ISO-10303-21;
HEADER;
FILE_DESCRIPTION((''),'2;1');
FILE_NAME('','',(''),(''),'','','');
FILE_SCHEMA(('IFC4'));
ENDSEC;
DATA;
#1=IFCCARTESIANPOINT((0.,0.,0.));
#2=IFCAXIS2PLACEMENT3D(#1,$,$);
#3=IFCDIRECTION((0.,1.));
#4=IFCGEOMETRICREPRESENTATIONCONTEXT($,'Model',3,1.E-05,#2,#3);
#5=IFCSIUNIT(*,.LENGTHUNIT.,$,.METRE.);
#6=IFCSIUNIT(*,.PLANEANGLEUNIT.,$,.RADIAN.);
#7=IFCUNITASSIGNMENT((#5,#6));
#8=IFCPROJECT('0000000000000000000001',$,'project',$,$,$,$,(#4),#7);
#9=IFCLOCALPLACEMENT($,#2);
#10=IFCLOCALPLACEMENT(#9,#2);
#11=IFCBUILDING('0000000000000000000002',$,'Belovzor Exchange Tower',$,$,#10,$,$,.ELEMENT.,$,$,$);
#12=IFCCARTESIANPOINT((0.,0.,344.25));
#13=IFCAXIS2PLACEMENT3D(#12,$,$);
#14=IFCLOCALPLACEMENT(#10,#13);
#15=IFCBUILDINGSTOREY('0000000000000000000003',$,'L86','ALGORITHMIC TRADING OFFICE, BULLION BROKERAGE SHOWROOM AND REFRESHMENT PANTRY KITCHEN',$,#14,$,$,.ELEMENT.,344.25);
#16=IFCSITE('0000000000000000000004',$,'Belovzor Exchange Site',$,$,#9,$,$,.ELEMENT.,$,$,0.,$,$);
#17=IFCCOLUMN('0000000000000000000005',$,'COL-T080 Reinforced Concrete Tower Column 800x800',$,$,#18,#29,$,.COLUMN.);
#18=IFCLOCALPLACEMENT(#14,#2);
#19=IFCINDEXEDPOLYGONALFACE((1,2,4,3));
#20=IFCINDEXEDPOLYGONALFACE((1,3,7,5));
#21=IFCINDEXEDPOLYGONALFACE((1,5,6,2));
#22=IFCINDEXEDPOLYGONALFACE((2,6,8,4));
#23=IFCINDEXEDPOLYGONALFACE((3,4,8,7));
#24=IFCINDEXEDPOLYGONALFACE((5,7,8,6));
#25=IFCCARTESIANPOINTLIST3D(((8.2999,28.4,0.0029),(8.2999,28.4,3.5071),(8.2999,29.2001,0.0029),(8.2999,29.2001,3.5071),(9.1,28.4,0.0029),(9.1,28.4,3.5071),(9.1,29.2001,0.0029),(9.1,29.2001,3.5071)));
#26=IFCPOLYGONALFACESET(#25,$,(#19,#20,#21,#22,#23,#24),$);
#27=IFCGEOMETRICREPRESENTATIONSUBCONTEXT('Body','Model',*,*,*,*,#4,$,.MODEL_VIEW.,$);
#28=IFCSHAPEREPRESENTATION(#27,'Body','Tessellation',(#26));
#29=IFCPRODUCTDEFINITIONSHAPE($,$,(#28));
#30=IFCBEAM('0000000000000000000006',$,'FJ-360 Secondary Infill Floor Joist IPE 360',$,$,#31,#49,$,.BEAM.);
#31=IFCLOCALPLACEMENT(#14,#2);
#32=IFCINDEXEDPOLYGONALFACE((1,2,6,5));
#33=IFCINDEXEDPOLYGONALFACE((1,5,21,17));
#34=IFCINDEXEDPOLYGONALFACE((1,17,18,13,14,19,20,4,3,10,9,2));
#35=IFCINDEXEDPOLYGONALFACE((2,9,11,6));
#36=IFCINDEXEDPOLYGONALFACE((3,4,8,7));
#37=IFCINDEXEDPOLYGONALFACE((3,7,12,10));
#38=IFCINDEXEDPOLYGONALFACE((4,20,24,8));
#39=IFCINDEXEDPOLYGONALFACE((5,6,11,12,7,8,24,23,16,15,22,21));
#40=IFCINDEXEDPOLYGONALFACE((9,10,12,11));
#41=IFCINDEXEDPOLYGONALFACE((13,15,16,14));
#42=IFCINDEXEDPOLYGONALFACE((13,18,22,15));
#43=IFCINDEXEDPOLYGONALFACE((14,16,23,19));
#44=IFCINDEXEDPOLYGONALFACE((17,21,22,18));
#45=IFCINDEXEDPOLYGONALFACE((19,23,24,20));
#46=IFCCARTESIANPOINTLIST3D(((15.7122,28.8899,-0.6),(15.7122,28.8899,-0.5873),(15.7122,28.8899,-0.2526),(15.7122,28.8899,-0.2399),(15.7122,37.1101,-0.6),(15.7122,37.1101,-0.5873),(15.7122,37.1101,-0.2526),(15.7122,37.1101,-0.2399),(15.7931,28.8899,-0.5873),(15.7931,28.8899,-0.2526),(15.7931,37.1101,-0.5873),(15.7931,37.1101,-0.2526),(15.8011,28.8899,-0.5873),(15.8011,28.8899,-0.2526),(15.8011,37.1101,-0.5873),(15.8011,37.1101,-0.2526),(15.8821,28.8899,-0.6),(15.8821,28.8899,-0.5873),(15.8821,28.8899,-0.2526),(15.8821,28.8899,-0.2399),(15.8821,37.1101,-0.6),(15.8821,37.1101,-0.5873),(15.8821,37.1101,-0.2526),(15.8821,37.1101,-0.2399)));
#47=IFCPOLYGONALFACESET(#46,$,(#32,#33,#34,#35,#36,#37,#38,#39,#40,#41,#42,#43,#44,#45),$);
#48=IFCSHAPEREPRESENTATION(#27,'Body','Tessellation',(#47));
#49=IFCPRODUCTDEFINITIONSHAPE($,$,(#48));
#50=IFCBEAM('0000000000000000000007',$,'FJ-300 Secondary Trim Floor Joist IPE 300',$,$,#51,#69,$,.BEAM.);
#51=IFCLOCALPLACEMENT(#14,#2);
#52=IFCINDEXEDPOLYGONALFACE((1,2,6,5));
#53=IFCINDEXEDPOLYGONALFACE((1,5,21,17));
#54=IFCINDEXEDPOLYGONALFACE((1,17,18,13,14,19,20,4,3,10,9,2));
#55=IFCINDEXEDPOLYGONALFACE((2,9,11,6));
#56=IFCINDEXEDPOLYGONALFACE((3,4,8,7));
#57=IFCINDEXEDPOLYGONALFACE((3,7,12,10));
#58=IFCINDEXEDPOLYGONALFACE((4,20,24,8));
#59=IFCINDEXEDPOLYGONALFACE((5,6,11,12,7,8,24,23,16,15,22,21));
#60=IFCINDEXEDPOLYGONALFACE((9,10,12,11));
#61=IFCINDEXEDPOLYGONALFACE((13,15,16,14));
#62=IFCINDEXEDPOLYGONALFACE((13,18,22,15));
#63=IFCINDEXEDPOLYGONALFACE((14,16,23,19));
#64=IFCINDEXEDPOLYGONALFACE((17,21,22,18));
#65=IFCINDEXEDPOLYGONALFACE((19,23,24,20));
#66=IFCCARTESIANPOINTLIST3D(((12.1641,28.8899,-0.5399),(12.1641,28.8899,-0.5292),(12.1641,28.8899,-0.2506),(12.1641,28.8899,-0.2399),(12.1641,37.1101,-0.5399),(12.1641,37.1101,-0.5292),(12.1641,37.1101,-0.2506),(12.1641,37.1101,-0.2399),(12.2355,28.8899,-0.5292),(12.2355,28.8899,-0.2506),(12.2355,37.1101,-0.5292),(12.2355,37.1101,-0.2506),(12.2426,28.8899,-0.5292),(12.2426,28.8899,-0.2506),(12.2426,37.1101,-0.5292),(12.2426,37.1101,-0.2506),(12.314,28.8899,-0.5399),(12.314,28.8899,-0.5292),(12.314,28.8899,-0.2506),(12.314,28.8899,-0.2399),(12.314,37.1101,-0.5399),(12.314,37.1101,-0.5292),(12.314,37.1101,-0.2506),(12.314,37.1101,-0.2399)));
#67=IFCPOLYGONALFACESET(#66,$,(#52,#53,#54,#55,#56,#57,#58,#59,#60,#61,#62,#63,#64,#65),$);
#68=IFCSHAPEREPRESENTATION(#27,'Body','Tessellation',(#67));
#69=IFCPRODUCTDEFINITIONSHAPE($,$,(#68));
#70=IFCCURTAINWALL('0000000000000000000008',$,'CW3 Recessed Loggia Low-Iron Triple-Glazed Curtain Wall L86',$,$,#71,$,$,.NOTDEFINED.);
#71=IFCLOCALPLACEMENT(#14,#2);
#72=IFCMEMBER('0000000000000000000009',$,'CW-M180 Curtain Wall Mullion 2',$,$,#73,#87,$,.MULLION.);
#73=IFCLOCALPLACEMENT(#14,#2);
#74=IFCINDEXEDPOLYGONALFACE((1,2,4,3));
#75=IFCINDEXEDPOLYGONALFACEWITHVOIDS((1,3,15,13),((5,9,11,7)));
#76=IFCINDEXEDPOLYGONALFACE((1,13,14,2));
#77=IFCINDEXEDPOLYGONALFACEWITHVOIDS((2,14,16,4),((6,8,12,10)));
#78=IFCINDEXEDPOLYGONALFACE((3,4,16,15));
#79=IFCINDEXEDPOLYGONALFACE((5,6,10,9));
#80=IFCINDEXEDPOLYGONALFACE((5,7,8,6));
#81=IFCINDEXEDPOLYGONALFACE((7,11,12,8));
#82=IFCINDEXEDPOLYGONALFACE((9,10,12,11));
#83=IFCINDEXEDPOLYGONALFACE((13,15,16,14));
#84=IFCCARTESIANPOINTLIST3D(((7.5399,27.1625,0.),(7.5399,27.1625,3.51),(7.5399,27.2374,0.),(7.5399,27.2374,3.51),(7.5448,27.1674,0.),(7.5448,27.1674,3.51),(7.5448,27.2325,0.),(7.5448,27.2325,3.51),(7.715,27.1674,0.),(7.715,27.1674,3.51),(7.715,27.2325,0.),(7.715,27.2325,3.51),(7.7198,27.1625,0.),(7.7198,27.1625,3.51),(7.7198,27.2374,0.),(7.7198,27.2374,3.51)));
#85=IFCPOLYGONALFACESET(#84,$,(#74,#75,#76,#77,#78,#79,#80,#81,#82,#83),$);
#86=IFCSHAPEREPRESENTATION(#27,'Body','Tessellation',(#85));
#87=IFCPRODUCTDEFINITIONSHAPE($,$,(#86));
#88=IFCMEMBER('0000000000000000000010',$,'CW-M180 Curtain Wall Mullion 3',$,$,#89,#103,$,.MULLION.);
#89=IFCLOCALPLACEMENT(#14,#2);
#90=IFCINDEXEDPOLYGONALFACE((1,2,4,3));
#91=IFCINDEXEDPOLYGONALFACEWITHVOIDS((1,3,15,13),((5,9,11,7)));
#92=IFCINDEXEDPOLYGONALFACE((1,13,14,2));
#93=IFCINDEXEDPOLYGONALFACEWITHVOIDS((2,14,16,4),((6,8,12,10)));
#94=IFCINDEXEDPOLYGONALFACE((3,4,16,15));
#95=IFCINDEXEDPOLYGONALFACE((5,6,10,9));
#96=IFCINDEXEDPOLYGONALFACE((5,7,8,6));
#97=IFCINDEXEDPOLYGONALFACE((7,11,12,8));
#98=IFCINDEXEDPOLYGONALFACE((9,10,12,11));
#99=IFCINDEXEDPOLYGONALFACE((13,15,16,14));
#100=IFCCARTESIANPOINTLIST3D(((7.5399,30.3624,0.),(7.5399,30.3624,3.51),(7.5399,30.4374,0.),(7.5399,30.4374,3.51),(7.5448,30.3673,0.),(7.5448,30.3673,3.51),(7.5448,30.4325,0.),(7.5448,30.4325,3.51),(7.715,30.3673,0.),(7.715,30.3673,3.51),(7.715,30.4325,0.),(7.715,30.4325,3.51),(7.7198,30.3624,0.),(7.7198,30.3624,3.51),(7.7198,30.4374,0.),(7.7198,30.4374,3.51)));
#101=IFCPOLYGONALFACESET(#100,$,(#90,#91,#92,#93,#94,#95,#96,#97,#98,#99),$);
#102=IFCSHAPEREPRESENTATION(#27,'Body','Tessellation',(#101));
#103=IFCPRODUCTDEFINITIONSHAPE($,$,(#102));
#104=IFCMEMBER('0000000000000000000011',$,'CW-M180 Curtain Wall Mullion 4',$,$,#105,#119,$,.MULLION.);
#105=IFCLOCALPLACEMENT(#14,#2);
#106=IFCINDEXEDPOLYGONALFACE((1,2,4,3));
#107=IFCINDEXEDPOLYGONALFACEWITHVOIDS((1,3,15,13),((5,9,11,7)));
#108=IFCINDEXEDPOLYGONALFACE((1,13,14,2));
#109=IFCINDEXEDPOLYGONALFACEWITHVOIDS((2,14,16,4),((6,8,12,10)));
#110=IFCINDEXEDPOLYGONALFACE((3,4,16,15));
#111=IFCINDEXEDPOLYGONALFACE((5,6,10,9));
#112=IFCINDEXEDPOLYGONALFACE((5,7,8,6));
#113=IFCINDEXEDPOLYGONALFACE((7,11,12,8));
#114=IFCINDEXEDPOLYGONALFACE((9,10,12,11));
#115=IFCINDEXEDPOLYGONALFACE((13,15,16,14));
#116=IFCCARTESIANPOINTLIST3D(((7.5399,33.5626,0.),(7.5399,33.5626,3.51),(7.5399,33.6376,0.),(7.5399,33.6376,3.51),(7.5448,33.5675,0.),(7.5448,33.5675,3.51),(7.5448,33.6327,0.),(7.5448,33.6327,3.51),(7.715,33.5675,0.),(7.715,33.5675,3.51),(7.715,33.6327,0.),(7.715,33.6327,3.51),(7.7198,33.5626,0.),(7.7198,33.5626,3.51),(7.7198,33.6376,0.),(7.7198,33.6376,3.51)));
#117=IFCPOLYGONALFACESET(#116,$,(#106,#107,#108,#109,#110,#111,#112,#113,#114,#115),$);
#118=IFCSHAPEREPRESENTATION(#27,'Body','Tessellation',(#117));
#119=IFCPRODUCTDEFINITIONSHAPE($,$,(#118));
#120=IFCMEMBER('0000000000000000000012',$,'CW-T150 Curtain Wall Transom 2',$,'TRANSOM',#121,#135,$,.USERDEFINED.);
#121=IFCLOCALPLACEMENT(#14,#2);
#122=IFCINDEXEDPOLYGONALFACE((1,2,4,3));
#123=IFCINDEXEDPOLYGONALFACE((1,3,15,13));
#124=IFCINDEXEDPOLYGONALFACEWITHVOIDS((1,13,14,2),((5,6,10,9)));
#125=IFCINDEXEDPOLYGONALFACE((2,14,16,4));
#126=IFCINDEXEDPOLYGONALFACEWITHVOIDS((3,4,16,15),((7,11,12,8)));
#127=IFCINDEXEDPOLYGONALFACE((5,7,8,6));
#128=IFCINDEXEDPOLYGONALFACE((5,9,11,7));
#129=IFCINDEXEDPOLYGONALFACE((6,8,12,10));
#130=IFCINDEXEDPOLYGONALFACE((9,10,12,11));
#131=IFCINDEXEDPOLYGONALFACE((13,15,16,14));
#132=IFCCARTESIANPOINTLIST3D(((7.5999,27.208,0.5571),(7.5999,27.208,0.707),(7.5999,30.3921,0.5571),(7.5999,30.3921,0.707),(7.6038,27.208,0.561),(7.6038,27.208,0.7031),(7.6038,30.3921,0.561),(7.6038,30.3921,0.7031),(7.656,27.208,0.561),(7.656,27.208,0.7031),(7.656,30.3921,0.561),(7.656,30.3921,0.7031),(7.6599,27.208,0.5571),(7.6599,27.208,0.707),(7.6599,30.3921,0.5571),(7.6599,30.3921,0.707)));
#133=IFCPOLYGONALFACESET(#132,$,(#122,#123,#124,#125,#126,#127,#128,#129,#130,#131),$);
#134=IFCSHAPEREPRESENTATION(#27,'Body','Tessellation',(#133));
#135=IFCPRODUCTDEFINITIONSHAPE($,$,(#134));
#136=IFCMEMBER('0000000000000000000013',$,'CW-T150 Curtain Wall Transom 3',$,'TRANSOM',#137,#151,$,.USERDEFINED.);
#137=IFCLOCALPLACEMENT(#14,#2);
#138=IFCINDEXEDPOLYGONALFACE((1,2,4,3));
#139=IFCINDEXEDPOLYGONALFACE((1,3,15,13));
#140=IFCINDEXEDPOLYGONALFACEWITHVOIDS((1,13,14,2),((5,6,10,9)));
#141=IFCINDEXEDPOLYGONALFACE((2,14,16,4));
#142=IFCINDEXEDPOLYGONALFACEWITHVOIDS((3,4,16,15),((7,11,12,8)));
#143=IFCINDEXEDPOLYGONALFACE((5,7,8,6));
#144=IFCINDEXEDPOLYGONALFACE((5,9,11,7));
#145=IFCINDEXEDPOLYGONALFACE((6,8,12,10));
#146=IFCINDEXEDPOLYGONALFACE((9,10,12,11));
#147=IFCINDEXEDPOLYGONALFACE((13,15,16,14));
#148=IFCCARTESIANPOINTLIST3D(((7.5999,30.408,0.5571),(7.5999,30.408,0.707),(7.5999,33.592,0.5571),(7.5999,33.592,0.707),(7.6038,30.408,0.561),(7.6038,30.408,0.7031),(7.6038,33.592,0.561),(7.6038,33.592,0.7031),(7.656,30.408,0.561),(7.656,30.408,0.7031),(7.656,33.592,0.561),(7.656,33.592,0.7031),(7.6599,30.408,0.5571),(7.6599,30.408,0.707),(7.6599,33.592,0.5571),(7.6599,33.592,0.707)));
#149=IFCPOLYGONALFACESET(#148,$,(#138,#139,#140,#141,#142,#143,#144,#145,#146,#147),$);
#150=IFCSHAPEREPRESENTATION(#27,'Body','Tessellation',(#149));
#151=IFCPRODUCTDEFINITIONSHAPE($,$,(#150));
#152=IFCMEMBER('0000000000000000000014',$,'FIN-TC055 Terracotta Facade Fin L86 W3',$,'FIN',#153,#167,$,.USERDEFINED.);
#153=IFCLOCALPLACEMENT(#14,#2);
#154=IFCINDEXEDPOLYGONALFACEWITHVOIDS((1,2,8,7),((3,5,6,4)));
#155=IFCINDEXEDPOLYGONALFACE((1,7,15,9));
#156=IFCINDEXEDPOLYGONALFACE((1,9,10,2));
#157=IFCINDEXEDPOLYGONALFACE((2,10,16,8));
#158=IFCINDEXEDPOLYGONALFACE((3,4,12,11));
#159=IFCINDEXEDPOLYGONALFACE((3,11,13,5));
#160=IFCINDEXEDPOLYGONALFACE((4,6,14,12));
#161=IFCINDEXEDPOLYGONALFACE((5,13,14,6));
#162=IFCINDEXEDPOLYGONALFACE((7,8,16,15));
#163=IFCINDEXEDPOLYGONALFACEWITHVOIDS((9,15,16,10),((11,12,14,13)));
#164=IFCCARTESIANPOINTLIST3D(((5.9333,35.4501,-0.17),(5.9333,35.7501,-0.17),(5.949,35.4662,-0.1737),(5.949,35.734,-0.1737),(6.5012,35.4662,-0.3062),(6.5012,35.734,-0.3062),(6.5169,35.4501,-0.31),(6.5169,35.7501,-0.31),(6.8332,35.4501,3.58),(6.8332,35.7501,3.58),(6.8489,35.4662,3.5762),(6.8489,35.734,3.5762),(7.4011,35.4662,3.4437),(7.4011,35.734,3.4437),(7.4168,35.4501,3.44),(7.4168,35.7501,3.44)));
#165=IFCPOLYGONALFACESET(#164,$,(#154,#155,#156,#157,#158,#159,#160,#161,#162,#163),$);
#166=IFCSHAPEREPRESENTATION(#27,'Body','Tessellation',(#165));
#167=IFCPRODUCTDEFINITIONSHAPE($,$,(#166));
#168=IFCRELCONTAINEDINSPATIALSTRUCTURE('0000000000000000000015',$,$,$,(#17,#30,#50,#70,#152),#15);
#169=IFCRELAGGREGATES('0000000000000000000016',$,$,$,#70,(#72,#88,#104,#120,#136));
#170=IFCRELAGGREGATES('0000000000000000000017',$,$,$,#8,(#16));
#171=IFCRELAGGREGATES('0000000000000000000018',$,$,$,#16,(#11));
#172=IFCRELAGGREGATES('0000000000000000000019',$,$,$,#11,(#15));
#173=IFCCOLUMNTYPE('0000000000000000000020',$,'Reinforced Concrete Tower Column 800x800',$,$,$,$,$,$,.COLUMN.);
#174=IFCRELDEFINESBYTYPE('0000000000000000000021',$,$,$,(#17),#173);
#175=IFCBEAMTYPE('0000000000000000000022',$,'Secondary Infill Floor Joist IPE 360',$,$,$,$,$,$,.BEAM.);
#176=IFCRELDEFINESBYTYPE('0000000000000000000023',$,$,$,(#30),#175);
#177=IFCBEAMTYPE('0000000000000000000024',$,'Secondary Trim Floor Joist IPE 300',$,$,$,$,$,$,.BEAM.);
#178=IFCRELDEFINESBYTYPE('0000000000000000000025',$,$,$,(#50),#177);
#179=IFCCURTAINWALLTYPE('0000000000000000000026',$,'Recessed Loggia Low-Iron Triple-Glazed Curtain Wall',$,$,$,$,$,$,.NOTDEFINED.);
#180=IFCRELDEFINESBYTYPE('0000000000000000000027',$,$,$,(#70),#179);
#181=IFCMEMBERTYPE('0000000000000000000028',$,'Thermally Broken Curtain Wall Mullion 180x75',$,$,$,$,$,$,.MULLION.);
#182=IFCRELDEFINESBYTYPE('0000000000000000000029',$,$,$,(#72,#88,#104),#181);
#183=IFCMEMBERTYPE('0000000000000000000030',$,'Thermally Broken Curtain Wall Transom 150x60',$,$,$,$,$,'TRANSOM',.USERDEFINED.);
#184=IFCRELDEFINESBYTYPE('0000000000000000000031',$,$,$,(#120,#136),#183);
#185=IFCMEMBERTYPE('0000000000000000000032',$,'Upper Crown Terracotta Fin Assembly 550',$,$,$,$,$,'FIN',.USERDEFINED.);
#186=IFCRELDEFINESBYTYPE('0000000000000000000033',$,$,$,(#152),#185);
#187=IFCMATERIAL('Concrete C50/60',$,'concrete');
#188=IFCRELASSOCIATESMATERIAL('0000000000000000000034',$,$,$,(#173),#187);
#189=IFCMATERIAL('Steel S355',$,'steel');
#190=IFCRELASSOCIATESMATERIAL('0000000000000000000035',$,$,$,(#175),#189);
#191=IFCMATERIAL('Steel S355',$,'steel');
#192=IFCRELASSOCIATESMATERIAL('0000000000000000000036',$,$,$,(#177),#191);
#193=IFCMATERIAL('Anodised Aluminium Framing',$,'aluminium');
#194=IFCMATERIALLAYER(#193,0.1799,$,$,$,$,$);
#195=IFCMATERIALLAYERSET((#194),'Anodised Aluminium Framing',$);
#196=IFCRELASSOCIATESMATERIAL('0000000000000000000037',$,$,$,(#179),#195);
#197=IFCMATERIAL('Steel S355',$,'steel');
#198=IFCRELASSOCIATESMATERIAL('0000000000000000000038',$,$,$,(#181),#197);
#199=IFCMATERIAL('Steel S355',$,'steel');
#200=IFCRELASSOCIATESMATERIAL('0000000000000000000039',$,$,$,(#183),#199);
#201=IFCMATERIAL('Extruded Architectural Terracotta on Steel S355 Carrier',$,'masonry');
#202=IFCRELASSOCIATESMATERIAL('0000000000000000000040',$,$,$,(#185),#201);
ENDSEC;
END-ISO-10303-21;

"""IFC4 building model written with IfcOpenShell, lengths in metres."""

from ifc_helpers import new_model, si_unit, direction, frame, origin, origin_2d, place, context, subcontext, project, spatial, rectangle, hollow_rectangle, i_section, extrude, material, layer, layer_set, material_profile, profile_set, type_object, element, aggregate, save


model = new_model("IFC4")

# Units and contexts
model_context = context("Model", 3, precision=1e-05, world=origin(), true_north=direction((0.0, 1.0)))
body_context = subcontext(model_context, "Body", "Model", "MODEL_VIEW")
ifc_project = project(units=[si_unit("LENGTHUNIT", "METRE"), si_unit("PLANEANGLEUNIT", "RADIAN")], contexts=[model_context])

# Site, building, storey
site_placement = place(None, origin())
site = spatial("IfcSite", under=ifc_project, at=site_placement, Name="Belovzor Exchange Site", CompositionType="ELEMENT", RefElevation=0.0)
building_placement = place(site_placement, origin())
building = spatial("IfcBuilding", under=site, at=building_placement, Name="Belovzor Exchange Tower", CompositionType="ELEMENT")
storey_placement = place(building_placement, frame((0.0, 0.0, 344.25)))
storey = spatial("IfcBuildingStorey", under=building, at=storey_placement, Name="L86", Description="ALGORITHMIC TRADING OFFICE, BULLION BROKERAGE SHOWROOM AND REFRESHMENT PANTRY KITCHEN", CompositionType="ELEMENT", Elevation=344.25)

# Column
ifc_material_1 = material(Name="Concrete C50/60", Category="concrete")
ifc_material_profile_1 = material_profile(ifc_material_1, rectangle(XDim=0.8, YDim=0.8, at=origin_2d()))
ifc_profile_set_1 = profile_set([ifc_material_profile_1], Name="Concrete C50/60")
column_type = type_object("IfcColumnType", Name="Reinforced Concrete Tower Column 800x800", PredefinedType="COLUMN", material=ifc_profile_set_1)
column_placement = place(storey_placement, frame((8.7, 28.8, 0.0029), z_axis=(0.0, 0.0, 1.0), x_axis=(1.0, 0.0, 0.0)))
element("IfcColumn", 1, at=column_placement, inside=storey, type_object=column_type, Name="COL-T080 Reinforced Concrete Tower Column 800x800", PredefinedType="COLUMN", context=body_context, shape_type="SweptSolid", body=[
    extrude(rectangle(XDim=0.8, YDim=0.8, at=origin_2d()), origin(), (0.0, 0.0, 1.0), 3.5042),
])

# Beams
ifc_material_2 = material(Name="Steel S355", Category="steel")
ifc_material_profile_2 = material_profile(ifc_material_2, i_section(OverallWidth=0.1699, OverallDepth=0.3601, WebThickness=0.0081, FlangeThickness=0.0127, at=origin_2d()))
ifc_profile_set_2 = profile_set([ifc_material_profile_2], Name="Steel S355")
beam_type_1 = type_object("IfcBeamType", Name="Secondary Infill Floor Joist IPE 360", PredefinedType="BEAM", material=ifc_profile_set_2)
beam_1_placement = place(storey_placement, frame((15.7971, 28.8899, -0.4199), z_axis=(0.0, 1.0, 0.0), x_axis=(-1.0, 0.0, 0.0)))
element("IfcBeam", 2, at=beam_1_placement, inside=storey, type_object=beam_type_1, Name="FJ-360 Secondary Infill Floor Joist IPE 360", PredefinedType="BEAM", context=body_context, shape_type="SweptSolid", body=[
    extrude(i_section(OverallWidth=0.1699, OverallDepth=0.3601, WebThickness=0.0081, FlangeThickness=0.0127, at=origin_2d()), origin(), (0.0, 0.0, 1.0), 8.2202),
])
ifc_material_3 = material(Name="Steel S355", Category="steel")
ifc_material_profile_3 = material_profile(ifc_material_3, i_section(OverallWidth=0.1499, OverallDepth=0.3, WebThickness=0.0071, FlangeThickness=0.0107, at=origin_2d()))
ifc_profile_set_3 = profile_set([ifc_material_profile_3], Name="Steel S355")
beam_type_2 = type_object("IfcBeamType", Name="Secondary Trim Floor Joist IPE 300", PredefinedType="BEAM", material=ifc_profile_set_3)
beam_2_placement = place(storey_placement, frame((12.239, 28.8899, -0.3899), z_axis=(0.0, 1.0, 0.0), x_axis=(-1.0, 0.0, 0.0)))
element("IfcBeam", 3, at=beam_2_placement, inside=storey, type_object=beam_type_2, Name="FJ-300 Secondary Trim Floor Joist IPE 300", PredefinedType="BEAM", context=body_context, shape_type="SweptSolid", body=[
    extrude(i_section(OverallWidth=0.1499, OverallDepth=0.3, WebThickness=0.0071, FlangeThickness=0.0107, at=origin_2d()), origin(), (0.0, 0.0, 1.0), 8.2202),
])

# Curtain wall, members
ifc_material_4 = material(Name="Anodised Aluminium Framing", Category="aluminium")
ifc_layer_1 = layer(ifc_material_4, 0.1799)
ifc_layer_set_1 = layer_set([ifc_layer_1], Name="Anodised Aluminium Framing")
curtain_wall_type = type_object("IfcCurtainWallType", Name="Recessed Loggia Low-Iron Triple-Glazed Curtain Wall", PredefinedType="NOTDEFINED", material=ifc_layer_set_1)
curtain_wall_placement = place(storey_placement, origin())
curtain_wall = element("IfcCurtainWall", 4, at=curtain_wall_placement, inside=storey, type_object=curtain_wall_type, Name="CW3 Recessed Loggia Low-Iron Triple-Glazed Curtain Wall L86", PredefinedType="NOTDEFINED")
ifc_material_5 = material(Name="Steel S355", Category="steel")
ifc_material_profile_4 = material_profile(ifc_material_5, hollow_rectangle(XDim=0.075, YDim=0.1799, WallThickness=0.0049, at=origin_2d()))
ifc_profile_set_4 = profile_set([ifc_material_profile_4], Name="Steel S355")
member_type_1 = type_object("IfcMemberType", Name="Thermally Broken Curtain Wall Mullion 180x75", PredefinedType="MULLION", material=ifc_profile_set_4)
member_1_placement = place(storey_placement, frame((7.6299, 27.2, 0.0), z_axis=(0.0, 0.0, 1.0), x_axis=(0.0, 1.0, 0.0)))
member_1 = element("IfcMember", 5, at=member_1_placement, type_object=member_type_1, Name="CW-M180 Curtain Wall Mullion 2", PredefinedType="MULLION", context=body_context, shape_type="SweptSolid", body=[
    extrude(hollow_rectangle(XDim=0.075, YDim=0.1799, WallThickness=0.0049, at=origin_2d()), origin(), (0.0, 0.0, 1.0), 3.51),
])
member_2_placement = place(storey_placement, frame((7.6299, 30.3999, 0.0), z_axis=(0.0, 0.0, 1.0), x_axis=(0.0, 1.0, 0.0)))
member_2 = element("IfcMember", 6, at=member_2_placement, type_object=member_type_1, Name="CW-M180 Curtain Wall Mullion 3", PredefinedType="MULLION", context=body_context, shape_type="SweptSolid", body=[
    extrude(hollow_rectangle(XDim=0.075, YDim=0.1799, WallThickness=0.0049, at=origin_2d()), origin(), (0.0, 0.0, 1.0), 3.51),
])
member_3_placement = place(storey_placement, frame((7.6299, 33.6001, 0.0), z_axis=(0.0, 0.0, 1.0), x_axis=(0.0, 1.0, 0.0)))
member_3 = element("IfcMember", 7, at=member_3_placement, type_object=member_type_1, Name="CW-M180 Curtain Wall Mullion 4", PredefinedType="MULLION", context=body_context, shape_type="SweptSolid", body=[
    extrude(hollow_rectangle(XDim=0.075, YDim=0.1799, WallThickness=0.0049, at=origin_2d()), origin(), (0.0, 0.0, 1.0), 3.51),
])
ifc_material_6 = material(Name="Steel S355", Category="steel")
ifc_material_profile_5 = material_profile(ifc_material_6, hollow_rectangle(XDim=0.0601, YDim=0.1499, WallThickness=0.0039, at=origin_2d()))
ifc_profile_set_5 = profile_set([ifc_material_profile_5], Name="Steel S355")
member_type_2 = type_object("IfcMemberType", Name="Thermally Broken Curtain Wall Transom 150x60", ElementType="TRANSOM", PredefinedType="USERDEFINED", material=ifc_profile_set_5)
member_4_placement = place(storey_placement, frame((7.6299, 27.208, 0.6321), z_axis=(0.0, 1.0, 0.0), x_axis=(-1.0, 0.0, 0.0)))
member_4 = element("IfcMember", 8, at=member_4_placement, type_object=member_type_2, Name="CW-T150 Curtain Wall Transom 2", ObjectType="TRANSOM", PredefinedType="USERDEFINED", context=body_context, shape_type="SweptSolid", body=[
    extrude(hollow_rectangle(XDim=0.0601, YDim=0.1499, WallThickness=0.0039, at=origin_2d()), origin(), (0.0, 0.0, 1.0), 3.1841),
])
member_5_placement = place(storey_placement, frame((7.6299, 30.408, 0.6321), z_axis=(0.0, 1.0, 0.0), x_axis=(-1.0, 0.0, 0.0)))
member_5 = element("IfcMember", 9, at=member_5_placement, type_object=member_type_2, Name="CW-T150 Curtain Wall Transom 3", ObjectType="TRANSOM", PredefinedType="USERDEFINED", context=body_context, shape_type="SweptSolid", body=[
    extrude(hollow_rectangle(XDim=0.0601, YDim=0.1499, WallThickness=0.0039, at=origin_2d()), origin(), (0.0, 0.0, 1.0), 3.1841),
])

# Member
ifc_material_7 = material(Name="Extruded Architectural Terracotta on Steel S355 Carrier", Category="masonry")
ifc_material_profile_6 = material_profile(ifc_material_7, hollow_rectangle(XDim=0.3, YDim=0.6001, WallThickness=0.0161, at=origin_2d()))
ifc_profile_set_6 = profile_set([ifc_material_profile_6], Name="Extruded Architectural Terracotta on Steel S355 Carrier")
member_type_3 = type_object("IfcMemberType", Name="Upper Crown Terracotta Fin Assembly 550", ElementType="FIN", PredefinedType="USERDEFINED", material=ifc_profile_set_6)
member_6_placement = place(storey_placement, frame((6.2251, 35.6001, -0.24), z_axis=(0.233349, 0.0, 0.972393), x_axis=(0.0, 1.0, 0.0)))
element("IfcMember", 10, at=member_6_placement, inside=storey, type_object=member_type_3, Name="FIN-TC055 Terracotta Facade Fin L86 W3", ObjectType="FIN", PredefinedType="USERDEFINED", context=body_context, shape_type="SweptSolid", body=[
    extrude(hollow_rectangle(XDim=0.3, YDim=0.6001, WallThickness=0.0161, at=origin_2d()), origin(), (0.0, 0.0, 1.0), 3.8564),
])

aggregate(curtain_wall, [member_1, member_2, member_3, member_4, member_5])

save(model, "model.ifc")
